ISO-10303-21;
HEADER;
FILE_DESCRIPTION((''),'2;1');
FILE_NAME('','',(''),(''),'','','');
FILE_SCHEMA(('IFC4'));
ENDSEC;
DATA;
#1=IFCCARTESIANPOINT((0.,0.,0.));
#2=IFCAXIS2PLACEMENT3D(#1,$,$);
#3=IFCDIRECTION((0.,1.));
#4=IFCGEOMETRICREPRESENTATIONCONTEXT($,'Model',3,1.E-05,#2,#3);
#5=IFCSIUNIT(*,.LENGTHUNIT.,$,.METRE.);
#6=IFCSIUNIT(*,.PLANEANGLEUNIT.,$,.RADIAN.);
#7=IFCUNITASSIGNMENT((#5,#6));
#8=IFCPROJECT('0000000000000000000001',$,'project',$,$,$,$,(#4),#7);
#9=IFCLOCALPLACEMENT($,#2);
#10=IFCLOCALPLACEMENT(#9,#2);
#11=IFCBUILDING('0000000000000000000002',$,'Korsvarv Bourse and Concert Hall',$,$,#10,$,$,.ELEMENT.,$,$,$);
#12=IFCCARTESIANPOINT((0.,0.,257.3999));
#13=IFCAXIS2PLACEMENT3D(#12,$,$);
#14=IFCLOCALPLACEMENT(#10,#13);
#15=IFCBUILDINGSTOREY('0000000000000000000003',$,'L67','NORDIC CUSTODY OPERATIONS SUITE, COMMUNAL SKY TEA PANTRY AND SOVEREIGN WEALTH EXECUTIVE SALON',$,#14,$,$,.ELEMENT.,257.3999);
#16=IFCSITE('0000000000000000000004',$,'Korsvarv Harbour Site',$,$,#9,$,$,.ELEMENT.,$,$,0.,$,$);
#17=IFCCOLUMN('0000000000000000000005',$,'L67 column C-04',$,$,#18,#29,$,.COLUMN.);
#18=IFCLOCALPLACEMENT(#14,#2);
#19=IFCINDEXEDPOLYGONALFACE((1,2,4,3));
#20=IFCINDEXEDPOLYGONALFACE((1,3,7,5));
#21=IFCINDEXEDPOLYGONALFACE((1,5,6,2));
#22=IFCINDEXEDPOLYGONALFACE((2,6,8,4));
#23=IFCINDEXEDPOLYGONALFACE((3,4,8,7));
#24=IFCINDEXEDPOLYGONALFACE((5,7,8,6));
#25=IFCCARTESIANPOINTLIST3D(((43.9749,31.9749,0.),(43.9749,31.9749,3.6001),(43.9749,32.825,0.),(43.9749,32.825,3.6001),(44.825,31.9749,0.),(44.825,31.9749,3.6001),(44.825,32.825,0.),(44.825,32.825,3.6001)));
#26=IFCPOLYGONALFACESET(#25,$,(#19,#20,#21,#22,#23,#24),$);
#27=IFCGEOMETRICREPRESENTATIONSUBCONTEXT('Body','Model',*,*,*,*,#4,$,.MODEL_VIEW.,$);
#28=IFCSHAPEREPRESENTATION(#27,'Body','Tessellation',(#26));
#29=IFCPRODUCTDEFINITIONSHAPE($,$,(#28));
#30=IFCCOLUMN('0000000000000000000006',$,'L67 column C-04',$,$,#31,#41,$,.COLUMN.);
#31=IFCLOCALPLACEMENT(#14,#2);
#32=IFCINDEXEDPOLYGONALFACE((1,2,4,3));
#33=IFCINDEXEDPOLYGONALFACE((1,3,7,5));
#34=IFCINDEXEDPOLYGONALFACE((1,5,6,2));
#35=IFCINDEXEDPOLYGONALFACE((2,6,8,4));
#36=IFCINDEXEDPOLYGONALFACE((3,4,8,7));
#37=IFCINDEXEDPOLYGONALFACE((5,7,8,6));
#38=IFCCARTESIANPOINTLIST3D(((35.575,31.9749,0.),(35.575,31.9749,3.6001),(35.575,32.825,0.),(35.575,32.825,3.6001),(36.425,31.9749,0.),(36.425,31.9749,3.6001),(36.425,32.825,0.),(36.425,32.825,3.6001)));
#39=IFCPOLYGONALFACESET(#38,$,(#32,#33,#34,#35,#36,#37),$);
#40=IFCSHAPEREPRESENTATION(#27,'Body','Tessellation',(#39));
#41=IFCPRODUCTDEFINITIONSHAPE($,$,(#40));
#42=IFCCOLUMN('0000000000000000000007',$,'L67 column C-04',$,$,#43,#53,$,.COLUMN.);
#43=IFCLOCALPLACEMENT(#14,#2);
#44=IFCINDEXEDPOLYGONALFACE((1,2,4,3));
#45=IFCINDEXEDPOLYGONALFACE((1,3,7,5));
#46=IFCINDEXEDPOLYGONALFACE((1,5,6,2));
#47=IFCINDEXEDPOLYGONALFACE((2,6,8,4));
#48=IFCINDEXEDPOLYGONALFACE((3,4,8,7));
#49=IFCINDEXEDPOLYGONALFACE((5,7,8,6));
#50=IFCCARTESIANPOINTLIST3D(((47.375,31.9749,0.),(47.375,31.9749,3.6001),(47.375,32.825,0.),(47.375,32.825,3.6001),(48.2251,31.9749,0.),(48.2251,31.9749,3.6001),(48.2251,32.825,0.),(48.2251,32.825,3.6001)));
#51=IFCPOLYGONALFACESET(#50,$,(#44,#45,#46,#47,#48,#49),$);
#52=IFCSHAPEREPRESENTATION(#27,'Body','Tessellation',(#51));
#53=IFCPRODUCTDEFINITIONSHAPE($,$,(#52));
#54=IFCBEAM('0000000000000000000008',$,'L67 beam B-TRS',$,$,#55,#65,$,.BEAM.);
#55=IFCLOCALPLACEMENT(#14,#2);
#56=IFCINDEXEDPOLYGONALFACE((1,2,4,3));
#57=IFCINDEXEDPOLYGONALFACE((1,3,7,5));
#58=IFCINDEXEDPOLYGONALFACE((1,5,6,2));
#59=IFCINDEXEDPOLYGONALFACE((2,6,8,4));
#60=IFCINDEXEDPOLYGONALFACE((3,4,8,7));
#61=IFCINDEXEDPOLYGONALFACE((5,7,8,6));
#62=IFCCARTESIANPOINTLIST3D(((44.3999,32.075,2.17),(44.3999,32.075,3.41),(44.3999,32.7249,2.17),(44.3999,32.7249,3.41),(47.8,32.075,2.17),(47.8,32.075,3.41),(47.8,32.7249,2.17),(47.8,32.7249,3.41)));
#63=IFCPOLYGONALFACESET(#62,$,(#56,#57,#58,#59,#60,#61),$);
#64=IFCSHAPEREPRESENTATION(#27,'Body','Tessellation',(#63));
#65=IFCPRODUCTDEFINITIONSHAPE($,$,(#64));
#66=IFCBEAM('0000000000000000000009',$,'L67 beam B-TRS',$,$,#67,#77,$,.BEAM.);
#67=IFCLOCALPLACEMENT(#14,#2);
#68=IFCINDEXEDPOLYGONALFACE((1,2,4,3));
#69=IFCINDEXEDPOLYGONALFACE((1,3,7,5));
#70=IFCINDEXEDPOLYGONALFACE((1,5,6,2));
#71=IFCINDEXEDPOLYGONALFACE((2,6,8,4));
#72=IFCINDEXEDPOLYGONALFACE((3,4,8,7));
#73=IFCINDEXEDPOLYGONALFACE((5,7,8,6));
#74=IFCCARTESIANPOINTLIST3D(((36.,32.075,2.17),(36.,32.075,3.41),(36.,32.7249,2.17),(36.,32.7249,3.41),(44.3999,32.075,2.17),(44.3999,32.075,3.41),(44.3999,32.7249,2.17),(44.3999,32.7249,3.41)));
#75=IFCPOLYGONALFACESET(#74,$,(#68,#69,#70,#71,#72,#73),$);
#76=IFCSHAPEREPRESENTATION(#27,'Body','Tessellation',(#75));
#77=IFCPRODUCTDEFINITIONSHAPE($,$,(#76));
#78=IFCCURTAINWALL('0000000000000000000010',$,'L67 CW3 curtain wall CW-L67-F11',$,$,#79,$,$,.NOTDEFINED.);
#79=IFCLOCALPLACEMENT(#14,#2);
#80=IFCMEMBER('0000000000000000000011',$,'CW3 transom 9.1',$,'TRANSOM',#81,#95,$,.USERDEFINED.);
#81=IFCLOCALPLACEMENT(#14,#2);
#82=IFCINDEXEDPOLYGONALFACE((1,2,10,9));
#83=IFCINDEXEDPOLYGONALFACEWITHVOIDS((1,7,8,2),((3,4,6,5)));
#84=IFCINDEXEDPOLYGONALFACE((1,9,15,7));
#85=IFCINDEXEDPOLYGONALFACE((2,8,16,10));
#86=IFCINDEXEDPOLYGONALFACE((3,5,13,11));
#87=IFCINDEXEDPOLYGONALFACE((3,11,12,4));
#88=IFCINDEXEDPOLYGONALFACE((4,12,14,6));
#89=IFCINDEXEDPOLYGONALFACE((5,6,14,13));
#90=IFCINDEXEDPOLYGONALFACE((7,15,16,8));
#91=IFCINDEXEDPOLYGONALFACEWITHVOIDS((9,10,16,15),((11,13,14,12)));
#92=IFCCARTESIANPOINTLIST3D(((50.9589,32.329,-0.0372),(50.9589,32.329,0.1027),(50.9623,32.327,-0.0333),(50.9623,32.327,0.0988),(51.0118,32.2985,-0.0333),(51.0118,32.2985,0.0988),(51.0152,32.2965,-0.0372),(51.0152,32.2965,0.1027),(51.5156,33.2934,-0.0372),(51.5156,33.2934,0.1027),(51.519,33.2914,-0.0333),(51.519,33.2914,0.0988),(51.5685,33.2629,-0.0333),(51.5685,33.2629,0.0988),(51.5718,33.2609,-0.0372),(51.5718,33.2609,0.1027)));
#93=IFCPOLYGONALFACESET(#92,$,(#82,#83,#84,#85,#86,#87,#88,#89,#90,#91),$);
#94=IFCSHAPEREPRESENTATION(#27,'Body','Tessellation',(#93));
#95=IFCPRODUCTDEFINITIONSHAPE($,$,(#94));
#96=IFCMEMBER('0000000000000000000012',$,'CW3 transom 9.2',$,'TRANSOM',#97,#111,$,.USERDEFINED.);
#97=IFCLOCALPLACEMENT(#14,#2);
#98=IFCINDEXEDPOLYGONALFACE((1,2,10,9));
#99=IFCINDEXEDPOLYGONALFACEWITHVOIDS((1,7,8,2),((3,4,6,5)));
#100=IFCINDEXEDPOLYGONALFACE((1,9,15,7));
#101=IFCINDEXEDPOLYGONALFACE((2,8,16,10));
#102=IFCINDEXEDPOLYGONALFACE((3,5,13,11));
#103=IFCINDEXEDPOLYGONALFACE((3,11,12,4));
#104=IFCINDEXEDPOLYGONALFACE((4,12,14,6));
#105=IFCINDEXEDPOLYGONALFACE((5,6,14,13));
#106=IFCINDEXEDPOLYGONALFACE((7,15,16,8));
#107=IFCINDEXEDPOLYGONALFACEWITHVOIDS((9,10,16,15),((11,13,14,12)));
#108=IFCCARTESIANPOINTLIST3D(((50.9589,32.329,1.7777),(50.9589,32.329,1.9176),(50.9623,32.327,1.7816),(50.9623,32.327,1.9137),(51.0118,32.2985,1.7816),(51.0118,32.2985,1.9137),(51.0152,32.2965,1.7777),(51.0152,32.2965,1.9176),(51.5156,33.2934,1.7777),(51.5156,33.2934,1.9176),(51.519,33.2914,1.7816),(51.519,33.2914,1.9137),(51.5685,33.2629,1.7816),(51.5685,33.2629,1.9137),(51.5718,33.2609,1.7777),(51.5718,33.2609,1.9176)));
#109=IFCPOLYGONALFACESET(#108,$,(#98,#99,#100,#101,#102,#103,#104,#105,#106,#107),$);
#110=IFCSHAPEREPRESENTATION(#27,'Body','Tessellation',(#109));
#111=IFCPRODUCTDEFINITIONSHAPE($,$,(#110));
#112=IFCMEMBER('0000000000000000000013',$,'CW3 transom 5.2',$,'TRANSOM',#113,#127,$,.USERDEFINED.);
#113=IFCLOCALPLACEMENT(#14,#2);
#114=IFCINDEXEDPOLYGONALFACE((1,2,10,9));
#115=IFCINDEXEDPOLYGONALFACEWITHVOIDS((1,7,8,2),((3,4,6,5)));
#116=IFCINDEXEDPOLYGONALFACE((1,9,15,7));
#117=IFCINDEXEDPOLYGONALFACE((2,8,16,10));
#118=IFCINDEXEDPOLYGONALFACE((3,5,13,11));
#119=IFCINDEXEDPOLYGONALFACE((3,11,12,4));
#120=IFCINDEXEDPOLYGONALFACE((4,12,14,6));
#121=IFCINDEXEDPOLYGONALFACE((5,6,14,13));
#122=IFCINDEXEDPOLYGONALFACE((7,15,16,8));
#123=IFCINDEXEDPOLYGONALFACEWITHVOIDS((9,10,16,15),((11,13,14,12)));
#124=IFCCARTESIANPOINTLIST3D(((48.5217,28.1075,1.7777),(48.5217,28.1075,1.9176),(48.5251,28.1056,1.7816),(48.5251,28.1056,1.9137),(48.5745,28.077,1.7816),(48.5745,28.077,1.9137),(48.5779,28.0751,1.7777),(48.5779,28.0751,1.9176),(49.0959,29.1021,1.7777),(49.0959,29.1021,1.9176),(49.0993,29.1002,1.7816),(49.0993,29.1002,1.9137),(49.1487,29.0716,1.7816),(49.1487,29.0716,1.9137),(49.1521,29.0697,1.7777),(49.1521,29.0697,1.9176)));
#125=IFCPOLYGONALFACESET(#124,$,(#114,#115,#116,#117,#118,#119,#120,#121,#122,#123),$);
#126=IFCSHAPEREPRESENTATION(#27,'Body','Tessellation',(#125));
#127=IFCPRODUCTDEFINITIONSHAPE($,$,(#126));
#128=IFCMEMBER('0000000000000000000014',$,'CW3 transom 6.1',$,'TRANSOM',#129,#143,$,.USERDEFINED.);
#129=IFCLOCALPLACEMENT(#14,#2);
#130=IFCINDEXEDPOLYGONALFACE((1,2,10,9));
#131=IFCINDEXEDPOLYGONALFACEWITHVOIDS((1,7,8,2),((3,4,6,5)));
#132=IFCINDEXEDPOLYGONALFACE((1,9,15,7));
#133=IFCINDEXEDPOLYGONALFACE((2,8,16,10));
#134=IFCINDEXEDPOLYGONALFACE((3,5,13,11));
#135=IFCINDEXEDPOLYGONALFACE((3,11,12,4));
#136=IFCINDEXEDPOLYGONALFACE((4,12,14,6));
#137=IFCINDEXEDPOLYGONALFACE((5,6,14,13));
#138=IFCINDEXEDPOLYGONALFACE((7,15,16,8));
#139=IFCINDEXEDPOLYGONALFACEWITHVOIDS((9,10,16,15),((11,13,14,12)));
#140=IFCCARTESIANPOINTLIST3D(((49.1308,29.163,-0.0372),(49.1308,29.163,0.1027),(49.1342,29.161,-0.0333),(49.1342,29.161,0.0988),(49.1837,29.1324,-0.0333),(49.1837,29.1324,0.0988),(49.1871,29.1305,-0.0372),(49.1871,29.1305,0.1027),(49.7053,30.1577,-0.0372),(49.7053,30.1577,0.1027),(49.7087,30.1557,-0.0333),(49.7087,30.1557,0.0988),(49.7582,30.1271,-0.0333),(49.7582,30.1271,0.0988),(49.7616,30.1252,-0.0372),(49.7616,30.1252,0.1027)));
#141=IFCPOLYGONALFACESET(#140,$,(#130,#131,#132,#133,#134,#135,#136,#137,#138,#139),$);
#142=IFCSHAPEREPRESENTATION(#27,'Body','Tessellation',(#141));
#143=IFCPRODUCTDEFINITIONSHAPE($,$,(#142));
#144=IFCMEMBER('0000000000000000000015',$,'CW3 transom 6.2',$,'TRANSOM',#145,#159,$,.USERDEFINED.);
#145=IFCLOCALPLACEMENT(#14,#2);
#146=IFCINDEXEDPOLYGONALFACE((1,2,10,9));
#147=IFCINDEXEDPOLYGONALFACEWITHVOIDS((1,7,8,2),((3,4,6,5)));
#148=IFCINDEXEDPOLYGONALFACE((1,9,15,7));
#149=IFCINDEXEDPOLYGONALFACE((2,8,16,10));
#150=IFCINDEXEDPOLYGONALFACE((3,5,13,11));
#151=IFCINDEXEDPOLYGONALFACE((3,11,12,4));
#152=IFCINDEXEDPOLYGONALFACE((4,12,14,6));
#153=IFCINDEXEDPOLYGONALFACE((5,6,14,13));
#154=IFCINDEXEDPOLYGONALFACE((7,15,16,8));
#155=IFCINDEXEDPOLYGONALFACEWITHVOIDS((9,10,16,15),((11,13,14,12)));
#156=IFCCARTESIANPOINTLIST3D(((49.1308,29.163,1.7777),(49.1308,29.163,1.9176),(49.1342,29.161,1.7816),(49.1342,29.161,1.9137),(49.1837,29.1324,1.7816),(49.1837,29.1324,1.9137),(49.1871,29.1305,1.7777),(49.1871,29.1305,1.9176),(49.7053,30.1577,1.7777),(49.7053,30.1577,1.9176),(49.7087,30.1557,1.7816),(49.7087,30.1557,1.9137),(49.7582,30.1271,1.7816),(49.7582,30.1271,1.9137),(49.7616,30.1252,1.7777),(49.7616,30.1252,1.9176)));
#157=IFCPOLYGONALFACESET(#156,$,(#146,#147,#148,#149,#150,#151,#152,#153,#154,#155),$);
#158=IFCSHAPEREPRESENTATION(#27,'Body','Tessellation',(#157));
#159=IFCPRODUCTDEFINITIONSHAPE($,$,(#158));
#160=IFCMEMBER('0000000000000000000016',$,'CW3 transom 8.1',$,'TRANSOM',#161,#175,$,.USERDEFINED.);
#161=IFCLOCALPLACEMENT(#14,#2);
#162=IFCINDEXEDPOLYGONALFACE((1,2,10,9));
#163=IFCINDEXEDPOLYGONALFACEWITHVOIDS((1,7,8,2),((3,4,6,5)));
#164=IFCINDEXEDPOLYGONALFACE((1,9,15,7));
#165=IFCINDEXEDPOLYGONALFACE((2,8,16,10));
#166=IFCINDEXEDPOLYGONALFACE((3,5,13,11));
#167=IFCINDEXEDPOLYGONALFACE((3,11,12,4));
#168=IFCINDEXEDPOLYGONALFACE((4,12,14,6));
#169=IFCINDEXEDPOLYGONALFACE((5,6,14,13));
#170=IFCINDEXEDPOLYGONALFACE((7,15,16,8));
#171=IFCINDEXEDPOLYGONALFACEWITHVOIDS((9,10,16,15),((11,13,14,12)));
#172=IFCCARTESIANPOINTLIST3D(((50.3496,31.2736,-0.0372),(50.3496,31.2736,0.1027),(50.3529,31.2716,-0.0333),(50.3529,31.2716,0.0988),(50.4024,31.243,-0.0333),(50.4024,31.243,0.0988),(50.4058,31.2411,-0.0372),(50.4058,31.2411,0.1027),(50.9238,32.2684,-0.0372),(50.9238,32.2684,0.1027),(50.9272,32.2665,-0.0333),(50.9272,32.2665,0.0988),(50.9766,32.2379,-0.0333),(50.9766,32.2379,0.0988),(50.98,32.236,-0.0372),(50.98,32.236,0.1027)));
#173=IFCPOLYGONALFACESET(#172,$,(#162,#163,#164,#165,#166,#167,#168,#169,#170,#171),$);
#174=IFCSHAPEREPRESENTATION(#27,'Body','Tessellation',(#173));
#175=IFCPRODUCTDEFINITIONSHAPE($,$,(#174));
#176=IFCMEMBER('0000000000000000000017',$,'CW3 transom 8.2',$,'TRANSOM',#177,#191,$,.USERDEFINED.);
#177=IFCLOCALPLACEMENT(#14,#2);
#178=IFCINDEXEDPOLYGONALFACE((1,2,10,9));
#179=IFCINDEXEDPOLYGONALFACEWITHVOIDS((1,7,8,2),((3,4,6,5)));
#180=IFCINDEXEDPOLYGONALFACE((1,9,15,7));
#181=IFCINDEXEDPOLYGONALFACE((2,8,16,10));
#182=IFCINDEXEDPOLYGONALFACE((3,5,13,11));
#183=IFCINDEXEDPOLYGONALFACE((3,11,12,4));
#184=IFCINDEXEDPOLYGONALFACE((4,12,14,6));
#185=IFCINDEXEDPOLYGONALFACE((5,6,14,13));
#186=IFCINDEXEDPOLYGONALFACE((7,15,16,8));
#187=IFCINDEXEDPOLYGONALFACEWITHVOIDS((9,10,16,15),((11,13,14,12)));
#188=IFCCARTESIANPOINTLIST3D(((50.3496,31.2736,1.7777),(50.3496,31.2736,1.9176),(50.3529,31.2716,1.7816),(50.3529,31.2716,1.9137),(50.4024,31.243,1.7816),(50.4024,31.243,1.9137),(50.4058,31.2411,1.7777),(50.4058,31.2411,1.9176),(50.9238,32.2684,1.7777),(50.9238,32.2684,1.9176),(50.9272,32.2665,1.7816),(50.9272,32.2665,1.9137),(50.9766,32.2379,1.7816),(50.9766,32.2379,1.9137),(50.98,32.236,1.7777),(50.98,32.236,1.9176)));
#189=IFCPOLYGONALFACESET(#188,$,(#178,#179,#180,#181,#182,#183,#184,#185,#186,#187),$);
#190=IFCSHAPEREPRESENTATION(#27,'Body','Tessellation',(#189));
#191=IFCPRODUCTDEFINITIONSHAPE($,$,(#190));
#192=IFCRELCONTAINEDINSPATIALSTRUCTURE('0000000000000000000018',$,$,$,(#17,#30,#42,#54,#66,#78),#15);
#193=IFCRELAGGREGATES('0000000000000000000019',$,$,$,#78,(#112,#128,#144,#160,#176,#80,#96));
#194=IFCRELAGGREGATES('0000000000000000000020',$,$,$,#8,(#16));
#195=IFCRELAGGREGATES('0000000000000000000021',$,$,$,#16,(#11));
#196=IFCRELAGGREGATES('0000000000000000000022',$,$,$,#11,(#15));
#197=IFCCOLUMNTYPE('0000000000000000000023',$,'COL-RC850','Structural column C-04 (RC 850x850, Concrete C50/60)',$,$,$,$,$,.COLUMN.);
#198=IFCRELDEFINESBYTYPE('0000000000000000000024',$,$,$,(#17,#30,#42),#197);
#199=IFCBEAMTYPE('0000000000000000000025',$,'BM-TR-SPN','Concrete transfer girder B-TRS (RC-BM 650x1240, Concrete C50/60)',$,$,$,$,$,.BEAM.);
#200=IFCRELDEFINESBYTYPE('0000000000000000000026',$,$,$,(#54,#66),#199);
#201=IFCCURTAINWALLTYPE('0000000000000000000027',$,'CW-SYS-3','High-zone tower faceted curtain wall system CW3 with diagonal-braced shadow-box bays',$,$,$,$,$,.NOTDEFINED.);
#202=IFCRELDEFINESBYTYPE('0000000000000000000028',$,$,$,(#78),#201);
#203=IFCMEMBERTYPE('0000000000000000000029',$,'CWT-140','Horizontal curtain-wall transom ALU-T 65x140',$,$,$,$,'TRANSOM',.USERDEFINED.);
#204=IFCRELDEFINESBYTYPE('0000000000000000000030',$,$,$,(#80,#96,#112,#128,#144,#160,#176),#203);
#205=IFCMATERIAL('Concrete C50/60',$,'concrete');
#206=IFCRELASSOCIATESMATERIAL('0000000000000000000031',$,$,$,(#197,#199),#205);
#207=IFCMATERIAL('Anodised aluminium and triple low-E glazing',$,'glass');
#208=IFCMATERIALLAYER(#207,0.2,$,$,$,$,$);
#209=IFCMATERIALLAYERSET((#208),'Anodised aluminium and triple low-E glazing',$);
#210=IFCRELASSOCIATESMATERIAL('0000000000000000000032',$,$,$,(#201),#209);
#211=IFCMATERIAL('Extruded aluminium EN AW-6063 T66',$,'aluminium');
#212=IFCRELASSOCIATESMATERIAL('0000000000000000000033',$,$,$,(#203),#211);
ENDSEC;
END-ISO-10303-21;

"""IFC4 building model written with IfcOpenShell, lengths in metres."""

from ifc_helpers import new_model, si_unit, direction, frame, origin, origin_2d, place, context, subcontext, project, spatial, rectangle, hollow_rectangle, extrude, source, transform, mapped, material, layer, layer_set, material_profile, profile_set, type_object, element, aggregate, save


model = new_model("IFC4")

# Units and contexts
model_context = context("Model", 3, precision=1e-05, world=origin(), true_north=direction((0.0, 1.0)))
body_context = subcontext(model_context, "Body", "Model", "MODEL_VIEW")
ifc_project = project(units=[si_unit("LENGTHUNIT", "METRE"), si_unit("PLANEANGLEUNIT", "RADIAN")], contexts=[model_context])

# Site, building, storey
site_placement = place(None, origin())
site = spatial("IfcSite", under=ifc_project, at=site_placement, Name="Korsvarv Harbour Site", CompositionType="ELEMENT", RefElevation=0.0)
building_placement = place(site_placement, origin())
building = spatial("IfcBuilding", under=site, at=building_placement, Name="Korsvarv Bourse and Concert Hall", CompositionType="ELEMENT")
storey_placement = place(building_placement, frame((0.0, 0.0, 257.3999)))
storey = spatial("IfcBuildingStorey", under=building, at=storey_placement, Name="L67", Description="NORDIC CUSTODY OPERATIONS SUITE, COMMUNAL SKY TEA PANTRY AND SOVEREIGN WEALTH EXECUTIVE SALON", CompositionType="ELEMENT", Elevation=257.3999)

# Columns
ifc_material_1 = material(Name="Concrete C50/60", Category="concrete")
ifc_material_profile_1 = material_profile(ifc_material_1, rectangle(XDim=0.8501, YDim=0.8501, at=origin_2d()), Name="RC 850x850")
ifc_profile_set_1 = profile_set([ifc_material_profile_1], Name="Concrete C50/60")
column_type = type_object("IfcColumnType", Name="COL-RC850", Description="Structural column C-04 (RC 850x850, Concrete C50/60)", PredefinedType="COLUMN", material=ifc_profile_set_1)
shared_shape_1 = source(origin(), body_context, "Body", "SweptSolid", [
    extrude(rectangle(XDim=0.8501, YDim=0.8501, at=origin_2d()), origin(), (0.0, 0.0, 1.0), 3.6001),
])
for number, where, z_axis, x_axis, name in (
    (1, (44.3999, 32.3999, 0.0), (0.0, 0.0, 1.0), (1.0, 0.0, 0.0), "L67 column C-04"),
    (2, (36.0, 32.3999, 0.0), (0.0, 0.0, 1.0), (1.0, 0.0, 0.0), "L67 column C-04"),
    (3, (47.8, 32.3999, 0.0), (0.0, 0.0, 1.0), (1.0, 0.0, 0.0), "L67 column C-04"),
):
    element("IfcColumn", number, at=place(storey_placement, frame(where, z_axis=z_axis, x_axis=x_axis)), inside=storey, type_object=column_type, Name=name, PredefinedType="COLUMN", context=body_context, shape_type="MappedRepresentation", body=[
        mapped(shared_shape_1, transform((0.0, 0.0, 0.0), scale=1.0)),
    ])

# Beams
ifc_material_profile_2 = material_profile(ifc_material_1, rectangle(XDim=0.6499, YDim=1.24, at=origin_2d()), Name="RC-BM 650x1240")
ifc_profile_set_2 = profile_set([ifc_material_profile_2], Name="Concrete C50/60")
beam_type = type_object("IfcBeamType", Name="BM-TR-SPN", Description="Concrete transfer girder B-TRS (RC-BM 650x1240, Concrete C50/60)", PredefinedType="BEAM", material=ifc_profile_set_2)
shared_shape_2 = source(origin(), body_context, "Body", "SweptSolid", [
    extrude(rectangle(XDim=0.6499, YDim=1.24, at=origin_2d()), origin(), (0.0, 0.0, 1.0), 3.4001),
])
beam_1_placement = place(storey_placement, frame((44.3999, 32.3999, 2.79), z_axis=(1.0, 0.0, 0.0), x_axis=(0.0, 1.0, 0.0)))
element("IfcBeam", 4, at=beam_1_placement, inside=storey, type_object=beam_type, Name="L67 beam B-TRS", PredefinedType="BEAM", context=body_context, shape_type="MappedRepresentation", body=[
    mapped(shared_shape_2, transform((0.0, 0.0, 0.0), scale=1.0)),
])
shared_shape_3 = source(origin(), body_context, "Body", "SweptSolid", [
    extrude(rectangle(XDim=0.6499, YDim=1.24, at=origin_2d()), origin(), (0.0, 0.0, 1.0), 8.3999),
])
beam_2_placement = place(storey_placement, frame((36.0, 32.3999, 2.79), z_axis=(1.0, 0.0, 0.0), x_axis=(0.0, 1.0, 0.0)))
element("IfcBeam", 5, at=beam_2_placement, inside=storey, type_object=beam_type, Name="L67 beam B-TRS", PredefinedType="BEAM", context=body_context, shape_type="MappedRepresentation", body=[
    mapped(shared_shape_3, transform((0.0, 0.0, 0.0), scale=1.0)),
])

# Curtain wall, members
ifc_material_2 = material(Name="Anodised aluminium and triple low-E glazing", Category="glass")
ifc_layer_1 = layer(ifc_material_2, 0.2)
ifc_layer_set_1 = layer_set([ifc_layer_1], Name="Anodised aluminium and triple low-E glazing")
curtain_wall_type = type_object("IfcCurtainWallType", Name="CW-SYS-3", Description="High-zone tower faceted curtain wall system CW3 with diagonal-braced shadow-box bays", PredefinedType="NOTDEFINED", material=ifc_layer_set_1)
curtain_wall_placement = place(storey_placement, origin())
curtain_wall = element("IfcCurtainWall", 6, at=curtain_wall_placement, inside=storey, type_object=curtain_wall_type, Name="L67 CW3 curtain wall CW-L67-F11", PredefinedType="NOTDEFINED")
ifc_material_3 = material(Name="Extruded aluminium EN AW-6063 T66", Category="aluminium")
ifc_material_profile_3 = material_profile(ifc_material_3, hollow_rectangle(XDim=0.0649, YDim=0.1399, WallThickness=0.0039, at=origin_2d()), Name="ALU-T 65x140")
ifc_profile_set_3 = profile_set([ifc_material_profile_3], Name="Extruded aluminium EN AW-6063 T66")
member_type_1 = type_object("IfcMemberType", Name="CWT-140", Description="Horizontal curtain-wall transom ALU-T 65x140", ElementType="TRANSOM", PredefinedType="USERDEFINED", material=ifc_profile_set_3)
shared_shape_4 = source(origin(), body_context, "Body", "SweptSolid", [
    extrude(hollow_rectangle(XDim=0.0649, YDim=0.1399, WallThickness=0.0039, at=origin_2d()), origin(), (0.0, 0.0, 1.0), 1.1135),
])
member_1_placement = place(storey_placement, frame((50.9871, 32.3127, 0.0327), z_axis=(0.499912, 0.866076, 0.0), x_axis=(-0.866076, 0.499912, 0.0)))
member_1 = element("IfcMember", 7, at=member_1_placement, type_object=member_type_1, Name="CW3 transom 9.1", ObjectType="TRANSOM", PredefinedType="USERDEFINED", context=body_context, shape_type="MappedRepresentation", body=[
    mapped(shared_shape_4, transform((0.0, 0.0, 0.0), scale=1.0)),
])
member_2_placement = place(storey_placement, frame((50.9871, 32.3127, 1.8477), z_axis=(0.499912, 0.866076, 0.0), x_axis=(-0.866076, 0.499912, 0.0)))
member_2 = element("IfcMember", 8, at=member_2_placement, type_object=member_type_1, Name="CW3 transom 9.2", ObjectType="TRANSOM", PredefinedType="USERDEFINED", context=body_context, shape_type="MappedRepresentation", body=[
    mapped(shared_shape_4, transform((0.0, 0.0, 0.0), scale=1.0)),
])
shared_shape_5 = source(origin(), body_context, "Body", "SweptSolid", [
    extrude(hollow_rectangle(XDim=0.0649, YDim=0.1399, WallThickness=0.0039, at=origin_2d()), origin(), (0.0, 0.0, 1.0), 1.1484),
])
member_3_placement = place(storey_placement, frame((48.5498, 28.0913, 1.8477), z_axis=(0.49998, 0.866037, 0.0), x_axis=(-0.866037, 0.49998, 0.0)))
member_3 = element("IfcMember", 9, at=member_3_placement, type_object=member_type_1, Name="CW3 transom 5.2", ObjectType="TRANSOM", PredefinedType="USERDEFINED", context=body_context, shape_type="MappedRepresentation", body=[
    mapped(shared_shape_5, transform((0.0, 0.0, 0.0), scale=1.0)),
])
shared_shape_6 = source(origin(), body_context, "Body", "SweptSolid", [
    extrude(hollow_rectangle(XDim=0.0649, YDim=0.1399, WallThickness=0.0039, at=origin_2d()), origin(), (0.0, 0.0, 1.0), 1.1487),
])
member_4_placement = place(storey_placement, frame((49.1589, 29.1467, 0.0327), z_axis=(0.500139, 0.865945, 0.0), x_axis=(-0.865945, 0.500139, 0.0)))
member_4 = element("IfcMember", 10, at=member_4_placement, type_object=member_type_1, Name="CW3 transom 6.1", ObjectType="TRANSOM", PredefinedType="USERDEFINED", context=body_context, shape_type="MappedRepresentation", body=[
    mapped(shared_shape_6, transform((0.0, 0.0, 0.0), scale=1.0)),
])
member_5_placement = place(storey_placement, frame((49.1589, 29.1467, 1.8477), z_axis=(0.500139, 0.865945, 0.0), x_axis=(-0.865945, 0.500139, 0.0)))
member_5 = element("IfcMember", 11, at=member_5_placement, type_object=member_type_1, Name="CW3 transom 6.2", ObjectType="TRANSOM", PredefinedType="USERDEFINED", context=body_context, shape_type="MappedRepresentation", body=[
    mapped(shared_shape_6, transform((0.0, 0.0, 0.0), scale=1.0)),
])
member_6_placement = place(storey_placement, frame((50.3777, 31.2573, 0.0327), z_axis=(0.499888, 0.86609, 0.0), x_axis=(-0.86609, 0.499888, 0.0)))
member_6 = element("IfcMember", 12, at=member_6_placement, type_object=member_type_1, Name="CW3 transom 8.1", ObjectType="TRANSOM", PredefinedType="USERDEFINED", context=body_context, shape_type="MappedRepresentation", body=[
    mapped(shared_shape_6, transform((0.0, 0.0, 0.0), scale=1.0)),
])
member_7_placement = place(storey_placement, frame((50.3777, 31.2573, 1.8477), z_axis=(0.499888, 0.86609, 0.0), x_axis=(-0.86609, 0.499888, 0.0)))
member_7 = element("IfcMember", 13, at=member_7_placement, type_object=member_type_1, Name="CW3 transom 8.2", ObjectType="TRANSOM", PredefinedType="USERDEFINED", context=body_context, shape_type="MappedRepresentation", body=[
    mapped(shared_shape_6, transform((0.0, 0.0, 0.0), scale=1.0)),
])
aggregate(curtain_wall, [member_3, member_4, member_5, member_6, member_7, member_1, member_2])

save(model, "model.ifc")
